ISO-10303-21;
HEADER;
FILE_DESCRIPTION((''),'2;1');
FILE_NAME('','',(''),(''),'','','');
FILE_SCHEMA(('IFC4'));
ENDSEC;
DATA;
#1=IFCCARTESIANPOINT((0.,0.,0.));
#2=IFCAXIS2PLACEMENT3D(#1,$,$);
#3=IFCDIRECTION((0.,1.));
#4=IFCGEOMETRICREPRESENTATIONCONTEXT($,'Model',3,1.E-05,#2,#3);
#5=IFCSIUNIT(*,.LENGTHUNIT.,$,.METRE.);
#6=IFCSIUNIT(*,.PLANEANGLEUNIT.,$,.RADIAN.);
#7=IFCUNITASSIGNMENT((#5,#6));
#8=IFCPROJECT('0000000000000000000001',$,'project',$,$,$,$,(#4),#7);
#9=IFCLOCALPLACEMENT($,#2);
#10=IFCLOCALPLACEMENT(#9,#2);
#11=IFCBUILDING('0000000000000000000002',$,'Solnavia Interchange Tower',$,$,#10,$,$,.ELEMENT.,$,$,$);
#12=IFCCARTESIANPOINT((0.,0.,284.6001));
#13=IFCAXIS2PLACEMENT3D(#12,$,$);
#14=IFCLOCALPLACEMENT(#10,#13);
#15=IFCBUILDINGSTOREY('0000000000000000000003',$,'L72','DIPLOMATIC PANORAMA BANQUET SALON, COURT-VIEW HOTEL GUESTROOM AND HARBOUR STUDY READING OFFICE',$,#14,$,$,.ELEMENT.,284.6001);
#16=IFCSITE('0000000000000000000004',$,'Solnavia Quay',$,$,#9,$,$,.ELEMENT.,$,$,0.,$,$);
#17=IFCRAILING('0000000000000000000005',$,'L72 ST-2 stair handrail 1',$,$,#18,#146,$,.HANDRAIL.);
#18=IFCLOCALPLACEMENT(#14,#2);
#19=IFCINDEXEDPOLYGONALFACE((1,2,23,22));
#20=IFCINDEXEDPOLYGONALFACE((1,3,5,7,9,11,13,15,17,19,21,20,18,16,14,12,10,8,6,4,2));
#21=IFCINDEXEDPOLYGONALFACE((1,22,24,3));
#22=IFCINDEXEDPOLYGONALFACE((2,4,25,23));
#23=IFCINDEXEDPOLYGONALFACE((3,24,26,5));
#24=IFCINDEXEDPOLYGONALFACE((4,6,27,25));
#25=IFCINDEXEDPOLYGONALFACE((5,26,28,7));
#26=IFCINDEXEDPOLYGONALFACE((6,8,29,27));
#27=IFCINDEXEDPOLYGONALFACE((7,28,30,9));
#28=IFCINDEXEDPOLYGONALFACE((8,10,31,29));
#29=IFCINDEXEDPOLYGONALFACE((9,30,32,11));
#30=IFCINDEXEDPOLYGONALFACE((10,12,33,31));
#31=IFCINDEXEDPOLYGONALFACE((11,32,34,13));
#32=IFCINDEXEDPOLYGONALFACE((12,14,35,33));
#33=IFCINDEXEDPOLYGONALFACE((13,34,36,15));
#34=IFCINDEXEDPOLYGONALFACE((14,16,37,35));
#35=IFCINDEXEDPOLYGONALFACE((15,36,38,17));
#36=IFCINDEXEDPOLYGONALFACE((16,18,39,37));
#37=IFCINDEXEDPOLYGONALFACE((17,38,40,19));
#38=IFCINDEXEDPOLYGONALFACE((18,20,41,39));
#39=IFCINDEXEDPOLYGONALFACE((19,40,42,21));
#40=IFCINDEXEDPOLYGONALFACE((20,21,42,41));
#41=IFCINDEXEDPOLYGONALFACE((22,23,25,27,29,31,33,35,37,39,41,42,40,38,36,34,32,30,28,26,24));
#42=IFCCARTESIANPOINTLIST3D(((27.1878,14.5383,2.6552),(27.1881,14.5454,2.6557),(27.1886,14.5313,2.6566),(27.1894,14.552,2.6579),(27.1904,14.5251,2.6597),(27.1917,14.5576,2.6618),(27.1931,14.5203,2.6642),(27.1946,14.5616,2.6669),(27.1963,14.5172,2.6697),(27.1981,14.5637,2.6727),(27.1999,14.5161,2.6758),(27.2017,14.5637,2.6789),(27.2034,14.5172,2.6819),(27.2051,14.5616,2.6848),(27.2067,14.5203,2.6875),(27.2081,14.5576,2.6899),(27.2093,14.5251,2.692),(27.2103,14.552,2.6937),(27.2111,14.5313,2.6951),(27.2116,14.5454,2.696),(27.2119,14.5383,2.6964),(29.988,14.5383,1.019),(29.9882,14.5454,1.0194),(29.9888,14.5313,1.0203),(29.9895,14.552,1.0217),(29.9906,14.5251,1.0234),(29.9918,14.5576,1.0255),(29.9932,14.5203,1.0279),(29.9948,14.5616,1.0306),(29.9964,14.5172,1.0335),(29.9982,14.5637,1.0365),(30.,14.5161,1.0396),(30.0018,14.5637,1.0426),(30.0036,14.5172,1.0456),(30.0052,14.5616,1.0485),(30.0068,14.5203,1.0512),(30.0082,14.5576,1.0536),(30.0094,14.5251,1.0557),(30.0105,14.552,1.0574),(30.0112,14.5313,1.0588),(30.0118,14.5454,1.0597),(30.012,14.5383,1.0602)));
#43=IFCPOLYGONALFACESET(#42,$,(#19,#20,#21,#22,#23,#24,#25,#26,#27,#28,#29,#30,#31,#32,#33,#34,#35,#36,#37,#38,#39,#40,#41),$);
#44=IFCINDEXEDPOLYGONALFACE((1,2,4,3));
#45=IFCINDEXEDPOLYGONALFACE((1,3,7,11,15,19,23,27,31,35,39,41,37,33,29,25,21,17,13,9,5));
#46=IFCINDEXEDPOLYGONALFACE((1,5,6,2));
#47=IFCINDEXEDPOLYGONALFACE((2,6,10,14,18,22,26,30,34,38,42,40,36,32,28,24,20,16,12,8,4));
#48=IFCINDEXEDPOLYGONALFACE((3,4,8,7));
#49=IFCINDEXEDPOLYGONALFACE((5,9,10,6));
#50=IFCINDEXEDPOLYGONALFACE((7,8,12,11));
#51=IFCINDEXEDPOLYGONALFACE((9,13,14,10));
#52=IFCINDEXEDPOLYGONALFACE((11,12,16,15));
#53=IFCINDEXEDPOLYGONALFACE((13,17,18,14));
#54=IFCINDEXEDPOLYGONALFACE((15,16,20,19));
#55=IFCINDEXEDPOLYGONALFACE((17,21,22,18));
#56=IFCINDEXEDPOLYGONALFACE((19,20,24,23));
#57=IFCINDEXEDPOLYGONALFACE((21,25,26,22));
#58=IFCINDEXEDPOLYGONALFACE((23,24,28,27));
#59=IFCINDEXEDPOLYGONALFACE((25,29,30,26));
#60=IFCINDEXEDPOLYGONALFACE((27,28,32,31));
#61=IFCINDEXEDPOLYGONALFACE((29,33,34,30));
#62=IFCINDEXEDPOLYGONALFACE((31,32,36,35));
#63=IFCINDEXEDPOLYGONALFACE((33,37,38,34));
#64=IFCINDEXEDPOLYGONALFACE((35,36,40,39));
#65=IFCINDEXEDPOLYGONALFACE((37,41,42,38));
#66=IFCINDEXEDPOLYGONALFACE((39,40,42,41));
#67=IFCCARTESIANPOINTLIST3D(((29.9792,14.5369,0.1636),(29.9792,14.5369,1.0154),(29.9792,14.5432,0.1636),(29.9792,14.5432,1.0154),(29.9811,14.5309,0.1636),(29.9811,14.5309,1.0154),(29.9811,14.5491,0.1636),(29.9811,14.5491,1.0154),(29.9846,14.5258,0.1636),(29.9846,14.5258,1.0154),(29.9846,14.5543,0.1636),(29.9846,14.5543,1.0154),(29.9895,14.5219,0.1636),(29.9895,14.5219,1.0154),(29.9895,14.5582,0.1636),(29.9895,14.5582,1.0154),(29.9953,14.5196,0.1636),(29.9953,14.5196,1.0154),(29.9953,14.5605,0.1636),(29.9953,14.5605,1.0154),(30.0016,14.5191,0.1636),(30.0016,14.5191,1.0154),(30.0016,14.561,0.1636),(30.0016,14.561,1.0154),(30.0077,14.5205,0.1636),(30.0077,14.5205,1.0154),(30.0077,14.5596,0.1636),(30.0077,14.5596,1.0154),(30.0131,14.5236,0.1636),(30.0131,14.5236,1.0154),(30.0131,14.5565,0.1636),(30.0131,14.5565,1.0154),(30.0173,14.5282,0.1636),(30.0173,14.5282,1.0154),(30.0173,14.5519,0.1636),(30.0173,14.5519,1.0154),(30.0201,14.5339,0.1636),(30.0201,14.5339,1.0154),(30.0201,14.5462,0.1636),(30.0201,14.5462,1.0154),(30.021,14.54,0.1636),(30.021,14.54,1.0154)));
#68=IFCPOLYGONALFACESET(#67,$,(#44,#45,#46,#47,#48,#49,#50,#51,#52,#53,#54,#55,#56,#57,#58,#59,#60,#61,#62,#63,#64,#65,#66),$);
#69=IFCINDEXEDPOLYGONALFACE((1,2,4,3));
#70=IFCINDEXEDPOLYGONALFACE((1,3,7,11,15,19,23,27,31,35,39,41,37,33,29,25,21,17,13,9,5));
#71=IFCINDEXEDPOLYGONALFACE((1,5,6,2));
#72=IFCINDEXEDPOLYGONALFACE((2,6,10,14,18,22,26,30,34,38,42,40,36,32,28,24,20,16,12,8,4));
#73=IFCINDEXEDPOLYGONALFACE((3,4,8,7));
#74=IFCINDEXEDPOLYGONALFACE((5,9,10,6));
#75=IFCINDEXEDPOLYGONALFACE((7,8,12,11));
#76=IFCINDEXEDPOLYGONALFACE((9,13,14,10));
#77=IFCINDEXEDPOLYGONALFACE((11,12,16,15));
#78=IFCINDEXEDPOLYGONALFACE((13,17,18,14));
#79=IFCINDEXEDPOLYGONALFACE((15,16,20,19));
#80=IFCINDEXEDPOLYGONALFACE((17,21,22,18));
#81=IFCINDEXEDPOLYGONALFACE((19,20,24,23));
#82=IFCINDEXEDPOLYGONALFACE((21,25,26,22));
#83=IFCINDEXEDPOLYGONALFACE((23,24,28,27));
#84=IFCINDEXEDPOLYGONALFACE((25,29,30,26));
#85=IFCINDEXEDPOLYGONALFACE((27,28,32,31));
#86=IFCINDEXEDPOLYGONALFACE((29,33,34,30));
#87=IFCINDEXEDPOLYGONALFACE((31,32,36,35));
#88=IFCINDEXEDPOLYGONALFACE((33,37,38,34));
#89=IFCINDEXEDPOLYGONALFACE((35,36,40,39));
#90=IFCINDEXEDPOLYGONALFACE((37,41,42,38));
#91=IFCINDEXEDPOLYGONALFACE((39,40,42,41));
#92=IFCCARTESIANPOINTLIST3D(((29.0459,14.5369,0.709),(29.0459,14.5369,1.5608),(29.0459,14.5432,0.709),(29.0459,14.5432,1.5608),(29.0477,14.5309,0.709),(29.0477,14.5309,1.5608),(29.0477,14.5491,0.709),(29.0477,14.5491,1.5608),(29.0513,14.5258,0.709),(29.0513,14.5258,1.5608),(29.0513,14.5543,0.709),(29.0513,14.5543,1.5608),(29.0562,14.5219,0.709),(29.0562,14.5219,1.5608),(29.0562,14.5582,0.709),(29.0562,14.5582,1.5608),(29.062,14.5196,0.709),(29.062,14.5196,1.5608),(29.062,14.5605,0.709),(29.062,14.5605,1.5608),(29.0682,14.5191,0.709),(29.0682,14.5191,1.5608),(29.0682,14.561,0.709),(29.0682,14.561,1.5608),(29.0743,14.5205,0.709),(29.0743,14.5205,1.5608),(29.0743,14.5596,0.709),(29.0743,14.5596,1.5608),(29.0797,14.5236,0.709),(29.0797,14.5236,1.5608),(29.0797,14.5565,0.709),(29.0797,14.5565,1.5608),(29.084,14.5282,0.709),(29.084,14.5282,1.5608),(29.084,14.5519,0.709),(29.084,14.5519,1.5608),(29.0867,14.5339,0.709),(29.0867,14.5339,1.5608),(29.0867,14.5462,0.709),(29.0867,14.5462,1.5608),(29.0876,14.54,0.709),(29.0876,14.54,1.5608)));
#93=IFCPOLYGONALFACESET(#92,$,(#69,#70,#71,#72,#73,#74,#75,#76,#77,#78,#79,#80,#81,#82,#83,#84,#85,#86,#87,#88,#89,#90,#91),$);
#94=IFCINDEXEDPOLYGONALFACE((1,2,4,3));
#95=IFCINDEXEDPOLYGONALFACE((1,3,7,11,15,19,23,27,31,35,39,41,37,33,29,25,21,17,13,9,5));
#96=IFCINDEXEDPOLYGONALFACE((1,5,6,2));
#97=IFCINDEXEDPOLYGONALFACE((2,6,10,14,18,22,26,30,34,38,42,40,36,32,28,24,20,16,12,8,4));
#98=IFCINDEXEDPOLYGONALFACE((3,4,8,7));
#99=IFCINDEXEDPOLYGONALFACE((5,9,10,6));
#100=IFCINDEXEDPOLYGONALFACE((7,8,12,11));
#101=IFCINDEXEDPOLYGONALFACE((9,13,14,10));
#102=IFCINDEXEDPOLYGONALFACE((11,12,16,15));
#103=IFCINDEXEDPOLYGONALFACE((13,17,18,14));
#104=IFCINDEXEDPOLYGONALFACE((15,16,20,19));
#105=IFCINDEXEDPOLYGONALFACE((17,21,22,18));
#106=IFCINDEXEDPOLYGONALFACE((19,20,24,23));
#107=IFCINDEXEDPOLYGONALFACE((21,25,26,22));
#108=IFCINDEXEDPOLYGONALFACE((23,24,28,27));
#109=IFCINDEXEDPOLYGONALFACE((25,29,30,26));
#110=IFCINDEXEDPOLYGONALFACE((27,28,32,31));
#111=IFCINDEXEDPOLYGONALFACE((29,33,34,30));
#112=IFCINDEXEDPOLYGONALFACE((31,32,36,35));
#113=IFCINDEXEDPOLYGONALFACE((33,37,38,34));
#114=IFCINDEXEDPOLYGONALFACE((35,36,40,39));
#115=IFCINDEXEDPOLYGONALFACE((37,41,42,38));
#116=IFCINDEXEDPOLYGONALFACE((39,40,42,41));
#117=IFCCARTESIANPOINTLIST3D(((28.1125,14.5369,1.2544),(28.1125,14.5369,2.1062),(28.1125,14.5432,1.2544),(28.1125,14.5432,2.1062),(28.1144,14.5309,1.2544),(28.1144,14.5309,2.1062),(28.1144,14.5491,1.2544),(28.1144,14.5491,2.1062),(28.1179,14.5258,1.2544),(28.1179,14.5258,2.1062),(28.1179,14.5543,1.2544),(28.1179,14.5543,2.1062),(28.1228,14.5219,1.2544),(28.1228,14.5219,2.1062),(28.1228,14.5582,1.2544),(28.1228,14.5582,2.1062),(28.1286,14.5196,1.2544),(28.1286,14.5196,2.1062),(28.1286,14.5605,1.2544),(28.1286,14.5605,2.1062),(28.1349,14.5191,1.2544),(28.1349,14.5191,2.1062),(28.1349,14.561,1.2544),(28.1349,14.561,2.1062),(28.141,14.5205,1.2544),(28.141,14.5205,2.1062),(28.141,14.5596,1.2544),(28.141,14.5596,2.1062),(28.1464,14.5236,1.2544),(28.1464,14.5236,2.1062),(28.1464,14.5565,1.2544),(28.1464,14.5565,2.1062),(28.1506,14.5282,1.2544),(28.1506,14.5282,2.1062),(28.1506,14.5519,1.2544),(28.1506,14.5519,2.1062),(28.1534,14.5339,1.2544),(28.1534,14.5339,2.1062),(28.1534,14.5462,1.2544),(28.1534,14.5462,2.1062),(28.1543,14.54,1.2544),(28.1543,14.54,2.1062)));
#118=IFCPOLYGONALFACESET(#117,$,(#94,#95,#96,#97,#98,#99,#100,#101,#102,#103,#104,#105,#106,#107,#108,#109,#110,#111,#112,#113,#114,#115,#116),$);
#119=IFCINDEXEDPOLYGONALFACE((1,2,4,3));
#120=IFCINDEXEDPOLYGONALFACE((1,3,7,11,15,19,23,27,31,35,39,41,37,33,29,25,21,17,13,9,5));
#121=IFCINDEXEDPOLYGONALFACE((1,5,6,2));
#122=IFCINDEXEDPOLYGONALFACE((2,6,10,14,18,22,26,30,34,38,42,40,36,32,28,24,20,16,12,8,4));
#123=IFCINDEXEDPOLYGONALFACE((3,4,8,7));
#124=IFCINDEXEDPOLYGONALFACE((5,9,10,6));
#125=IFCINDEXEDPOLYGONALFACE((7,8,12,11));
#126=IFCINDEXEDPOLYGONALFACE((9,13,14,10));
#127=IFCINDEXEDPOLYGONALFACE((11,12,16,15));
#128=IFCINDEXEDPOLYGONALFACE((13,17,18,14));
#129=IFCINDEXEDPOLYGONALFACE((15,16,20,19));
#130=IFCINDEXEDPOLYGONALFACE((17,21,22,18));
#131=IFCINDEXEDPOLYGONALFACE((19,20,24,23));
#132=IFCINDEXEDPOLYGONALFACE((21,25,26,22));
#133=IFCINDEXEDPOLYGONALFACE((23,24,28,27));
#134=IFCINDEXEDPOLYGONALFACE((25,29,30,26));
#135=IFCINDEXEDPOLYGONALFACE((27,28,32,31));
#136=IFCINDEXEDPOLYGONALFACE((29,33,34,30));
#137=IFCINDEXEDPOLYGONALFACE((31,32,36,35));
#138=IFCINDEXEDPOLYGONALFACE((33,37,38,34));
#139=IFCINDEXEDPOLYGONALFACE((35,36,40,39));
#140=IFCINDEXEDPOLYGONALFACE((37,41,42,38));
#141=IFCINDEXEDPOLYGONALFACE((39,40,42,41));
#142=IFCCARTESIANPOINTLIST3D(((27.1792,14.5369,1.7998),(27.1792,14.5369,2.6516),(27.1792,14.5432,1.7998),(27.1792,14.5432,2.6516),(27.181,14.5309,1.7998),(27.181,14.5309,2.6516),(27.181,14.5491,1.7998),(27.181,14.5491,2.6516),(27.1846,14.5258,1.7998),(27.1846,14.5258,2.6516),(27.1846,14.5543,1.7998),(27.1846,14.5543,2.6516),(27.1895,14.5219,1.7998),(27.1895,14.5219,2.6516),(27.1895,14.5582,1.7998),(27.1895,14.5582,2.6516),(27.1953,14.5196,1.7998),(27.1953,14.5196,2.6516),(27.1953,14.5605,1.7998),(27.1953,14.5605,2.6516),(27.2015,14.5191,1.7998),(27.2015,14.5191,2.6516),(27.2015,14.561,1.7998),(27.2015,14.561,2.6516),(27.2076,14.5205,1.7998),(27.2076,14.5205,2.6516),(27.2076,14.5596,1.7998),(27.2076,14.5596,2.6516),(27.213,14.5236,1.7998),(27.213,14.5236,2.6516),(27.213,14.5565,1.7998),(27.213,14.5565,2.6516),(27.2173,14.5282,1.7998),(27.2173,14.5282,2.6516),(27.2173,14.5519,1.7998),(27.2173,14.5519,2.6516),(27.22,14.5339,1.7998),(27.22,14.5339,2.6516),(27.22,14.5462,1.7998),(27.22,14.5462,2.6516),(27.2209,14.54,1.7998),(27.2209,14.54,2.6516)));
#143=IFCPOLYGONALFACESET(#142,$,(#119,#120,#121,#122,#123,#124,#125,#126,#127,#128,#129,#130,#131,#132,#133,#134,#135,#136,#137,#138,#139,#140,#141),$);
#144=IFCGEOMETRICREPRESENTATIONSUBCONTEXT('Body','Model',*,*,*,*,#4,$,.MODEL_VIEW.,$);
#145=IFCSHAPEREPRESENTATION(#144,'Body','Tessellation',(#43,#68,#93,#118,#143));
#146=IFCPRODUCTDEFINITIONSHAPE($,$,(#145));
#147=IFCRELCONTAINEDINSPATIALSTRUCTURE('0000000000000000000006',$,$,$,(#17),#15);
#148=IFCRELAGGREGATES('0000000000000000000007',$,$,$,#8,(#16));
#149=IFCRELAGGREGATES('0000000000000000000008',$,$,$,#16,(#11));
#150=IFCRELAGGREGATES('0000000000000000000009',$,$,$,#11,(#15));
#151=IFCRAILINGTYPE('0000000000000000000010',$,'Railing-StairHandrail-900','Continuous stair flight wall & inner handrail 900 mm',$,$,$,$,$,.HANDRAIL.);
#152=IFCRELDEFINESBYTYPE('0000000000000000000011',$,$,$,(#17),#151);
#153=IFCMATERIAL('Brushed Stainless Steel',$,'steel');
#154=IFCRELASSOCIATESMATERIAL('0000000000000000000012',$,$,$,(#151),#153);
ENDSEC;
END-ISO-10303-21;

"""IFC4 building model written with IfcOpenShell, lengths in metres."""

from ifc_helpers import new_model, si_unit, direction, frame, origin, origin_2d, place, context, subcontext, project, spatial, circle, extrude, material, type_object, element, save


model = new_model("IFC4")

# Units and contexts
model_context = context("Model", 3, precision=1e-05, world=origin(), true_north=direction((0.0, 1.0)))
body_context = subcontext(model_context, "Body", "Model", "MODEL_VIEW")
ifc_project = project(units=[si_unit("LENGTHUNIT", "METRE"), si_unit("PLANEANGLEUNIT", "RADIAN")], contexts=[model_context])

# Site, building, storey
site_placement = place(None, origin())
site = spatial("IfcSite", under=ifc_project, at=site_placement, Name="Solnavia Quay", CompositionType="ELEMENT", RefElevation=0.0)
building_placement = place(site_placement, origin())
building = spatial("IfcBuilding", under=site, at=building_placement, Name="Solnavia Interchange Tower", CompositionType="ELEMENT")
storey_placement = place(building_placement, frame((0.0, 0.0, 284.6001)))
storey = spatial("IfcBuildingStorey", under=building, at=storey_placement, Name="L72", Description="DIPLOMATIC PANORAMA BANQUET SALON, COURT-VIEW HOTEL GUESTROOM AND HARBOUR STUDY READING OFFICE", CompositionType="ELEMENT", Elevation=284.6001)

# Railing
ifc_material_1 = material(Name="Brushed Stainless Steel", Category="steel")
railing_type_1 = type_object("IfcRailingType", Name="Railing-StairHandrail-900", Description="Continuous stair flight wall & inner handrail 900 mm", PredefinedType="HANDRAIL", material=ifc_material_1)
for number, where, name in (
    (1, (30.0, 14.54, 0.1636), "L72 ST-2 stair handrail 1"),
):
    element("IfcRailing", number, at=place(storey_placement, frame(where)), inside=storey, type_object=railing_type_1, Name=name, PredefinedType="HANDRAIL", context=body_context, shape_type="SweptSolid", body=[
        extrude(circle(Radius=0.0239, at=origin_2d()), frame((0.0, 0.0, 0.876), z_axis=(-0.863394, 0.0, 0.504531), x_axis=(0.0, -1.0, 0.0)), (0.0, 0.0, 1.0), 3.2432),
        extrude(circle(Radius=0.021, at=origin_2d()), origin(), (0.0, 0.0, 1.0), 0.8518),
        extrude(circle(Radius=0.021, at=origin_2d()), frame((-0.9333, 0.0, 0.5454)), (0.0, 0.0, 1.0), 0.8518),
        extrude(circle(Radius=0.021, at=origin_2d()), frame((-1.8667, 0.0, 1.0908)), (0.0, 0.0, 1.0), 0.8518),
        extrude(circle(Radius=0.021, at=origin_2d()), frame((-2.8, 0.0, 1.6362)), (0.0, 0.0, 1.0), 0.8518),
    ])

save(model, "model.ifc")
